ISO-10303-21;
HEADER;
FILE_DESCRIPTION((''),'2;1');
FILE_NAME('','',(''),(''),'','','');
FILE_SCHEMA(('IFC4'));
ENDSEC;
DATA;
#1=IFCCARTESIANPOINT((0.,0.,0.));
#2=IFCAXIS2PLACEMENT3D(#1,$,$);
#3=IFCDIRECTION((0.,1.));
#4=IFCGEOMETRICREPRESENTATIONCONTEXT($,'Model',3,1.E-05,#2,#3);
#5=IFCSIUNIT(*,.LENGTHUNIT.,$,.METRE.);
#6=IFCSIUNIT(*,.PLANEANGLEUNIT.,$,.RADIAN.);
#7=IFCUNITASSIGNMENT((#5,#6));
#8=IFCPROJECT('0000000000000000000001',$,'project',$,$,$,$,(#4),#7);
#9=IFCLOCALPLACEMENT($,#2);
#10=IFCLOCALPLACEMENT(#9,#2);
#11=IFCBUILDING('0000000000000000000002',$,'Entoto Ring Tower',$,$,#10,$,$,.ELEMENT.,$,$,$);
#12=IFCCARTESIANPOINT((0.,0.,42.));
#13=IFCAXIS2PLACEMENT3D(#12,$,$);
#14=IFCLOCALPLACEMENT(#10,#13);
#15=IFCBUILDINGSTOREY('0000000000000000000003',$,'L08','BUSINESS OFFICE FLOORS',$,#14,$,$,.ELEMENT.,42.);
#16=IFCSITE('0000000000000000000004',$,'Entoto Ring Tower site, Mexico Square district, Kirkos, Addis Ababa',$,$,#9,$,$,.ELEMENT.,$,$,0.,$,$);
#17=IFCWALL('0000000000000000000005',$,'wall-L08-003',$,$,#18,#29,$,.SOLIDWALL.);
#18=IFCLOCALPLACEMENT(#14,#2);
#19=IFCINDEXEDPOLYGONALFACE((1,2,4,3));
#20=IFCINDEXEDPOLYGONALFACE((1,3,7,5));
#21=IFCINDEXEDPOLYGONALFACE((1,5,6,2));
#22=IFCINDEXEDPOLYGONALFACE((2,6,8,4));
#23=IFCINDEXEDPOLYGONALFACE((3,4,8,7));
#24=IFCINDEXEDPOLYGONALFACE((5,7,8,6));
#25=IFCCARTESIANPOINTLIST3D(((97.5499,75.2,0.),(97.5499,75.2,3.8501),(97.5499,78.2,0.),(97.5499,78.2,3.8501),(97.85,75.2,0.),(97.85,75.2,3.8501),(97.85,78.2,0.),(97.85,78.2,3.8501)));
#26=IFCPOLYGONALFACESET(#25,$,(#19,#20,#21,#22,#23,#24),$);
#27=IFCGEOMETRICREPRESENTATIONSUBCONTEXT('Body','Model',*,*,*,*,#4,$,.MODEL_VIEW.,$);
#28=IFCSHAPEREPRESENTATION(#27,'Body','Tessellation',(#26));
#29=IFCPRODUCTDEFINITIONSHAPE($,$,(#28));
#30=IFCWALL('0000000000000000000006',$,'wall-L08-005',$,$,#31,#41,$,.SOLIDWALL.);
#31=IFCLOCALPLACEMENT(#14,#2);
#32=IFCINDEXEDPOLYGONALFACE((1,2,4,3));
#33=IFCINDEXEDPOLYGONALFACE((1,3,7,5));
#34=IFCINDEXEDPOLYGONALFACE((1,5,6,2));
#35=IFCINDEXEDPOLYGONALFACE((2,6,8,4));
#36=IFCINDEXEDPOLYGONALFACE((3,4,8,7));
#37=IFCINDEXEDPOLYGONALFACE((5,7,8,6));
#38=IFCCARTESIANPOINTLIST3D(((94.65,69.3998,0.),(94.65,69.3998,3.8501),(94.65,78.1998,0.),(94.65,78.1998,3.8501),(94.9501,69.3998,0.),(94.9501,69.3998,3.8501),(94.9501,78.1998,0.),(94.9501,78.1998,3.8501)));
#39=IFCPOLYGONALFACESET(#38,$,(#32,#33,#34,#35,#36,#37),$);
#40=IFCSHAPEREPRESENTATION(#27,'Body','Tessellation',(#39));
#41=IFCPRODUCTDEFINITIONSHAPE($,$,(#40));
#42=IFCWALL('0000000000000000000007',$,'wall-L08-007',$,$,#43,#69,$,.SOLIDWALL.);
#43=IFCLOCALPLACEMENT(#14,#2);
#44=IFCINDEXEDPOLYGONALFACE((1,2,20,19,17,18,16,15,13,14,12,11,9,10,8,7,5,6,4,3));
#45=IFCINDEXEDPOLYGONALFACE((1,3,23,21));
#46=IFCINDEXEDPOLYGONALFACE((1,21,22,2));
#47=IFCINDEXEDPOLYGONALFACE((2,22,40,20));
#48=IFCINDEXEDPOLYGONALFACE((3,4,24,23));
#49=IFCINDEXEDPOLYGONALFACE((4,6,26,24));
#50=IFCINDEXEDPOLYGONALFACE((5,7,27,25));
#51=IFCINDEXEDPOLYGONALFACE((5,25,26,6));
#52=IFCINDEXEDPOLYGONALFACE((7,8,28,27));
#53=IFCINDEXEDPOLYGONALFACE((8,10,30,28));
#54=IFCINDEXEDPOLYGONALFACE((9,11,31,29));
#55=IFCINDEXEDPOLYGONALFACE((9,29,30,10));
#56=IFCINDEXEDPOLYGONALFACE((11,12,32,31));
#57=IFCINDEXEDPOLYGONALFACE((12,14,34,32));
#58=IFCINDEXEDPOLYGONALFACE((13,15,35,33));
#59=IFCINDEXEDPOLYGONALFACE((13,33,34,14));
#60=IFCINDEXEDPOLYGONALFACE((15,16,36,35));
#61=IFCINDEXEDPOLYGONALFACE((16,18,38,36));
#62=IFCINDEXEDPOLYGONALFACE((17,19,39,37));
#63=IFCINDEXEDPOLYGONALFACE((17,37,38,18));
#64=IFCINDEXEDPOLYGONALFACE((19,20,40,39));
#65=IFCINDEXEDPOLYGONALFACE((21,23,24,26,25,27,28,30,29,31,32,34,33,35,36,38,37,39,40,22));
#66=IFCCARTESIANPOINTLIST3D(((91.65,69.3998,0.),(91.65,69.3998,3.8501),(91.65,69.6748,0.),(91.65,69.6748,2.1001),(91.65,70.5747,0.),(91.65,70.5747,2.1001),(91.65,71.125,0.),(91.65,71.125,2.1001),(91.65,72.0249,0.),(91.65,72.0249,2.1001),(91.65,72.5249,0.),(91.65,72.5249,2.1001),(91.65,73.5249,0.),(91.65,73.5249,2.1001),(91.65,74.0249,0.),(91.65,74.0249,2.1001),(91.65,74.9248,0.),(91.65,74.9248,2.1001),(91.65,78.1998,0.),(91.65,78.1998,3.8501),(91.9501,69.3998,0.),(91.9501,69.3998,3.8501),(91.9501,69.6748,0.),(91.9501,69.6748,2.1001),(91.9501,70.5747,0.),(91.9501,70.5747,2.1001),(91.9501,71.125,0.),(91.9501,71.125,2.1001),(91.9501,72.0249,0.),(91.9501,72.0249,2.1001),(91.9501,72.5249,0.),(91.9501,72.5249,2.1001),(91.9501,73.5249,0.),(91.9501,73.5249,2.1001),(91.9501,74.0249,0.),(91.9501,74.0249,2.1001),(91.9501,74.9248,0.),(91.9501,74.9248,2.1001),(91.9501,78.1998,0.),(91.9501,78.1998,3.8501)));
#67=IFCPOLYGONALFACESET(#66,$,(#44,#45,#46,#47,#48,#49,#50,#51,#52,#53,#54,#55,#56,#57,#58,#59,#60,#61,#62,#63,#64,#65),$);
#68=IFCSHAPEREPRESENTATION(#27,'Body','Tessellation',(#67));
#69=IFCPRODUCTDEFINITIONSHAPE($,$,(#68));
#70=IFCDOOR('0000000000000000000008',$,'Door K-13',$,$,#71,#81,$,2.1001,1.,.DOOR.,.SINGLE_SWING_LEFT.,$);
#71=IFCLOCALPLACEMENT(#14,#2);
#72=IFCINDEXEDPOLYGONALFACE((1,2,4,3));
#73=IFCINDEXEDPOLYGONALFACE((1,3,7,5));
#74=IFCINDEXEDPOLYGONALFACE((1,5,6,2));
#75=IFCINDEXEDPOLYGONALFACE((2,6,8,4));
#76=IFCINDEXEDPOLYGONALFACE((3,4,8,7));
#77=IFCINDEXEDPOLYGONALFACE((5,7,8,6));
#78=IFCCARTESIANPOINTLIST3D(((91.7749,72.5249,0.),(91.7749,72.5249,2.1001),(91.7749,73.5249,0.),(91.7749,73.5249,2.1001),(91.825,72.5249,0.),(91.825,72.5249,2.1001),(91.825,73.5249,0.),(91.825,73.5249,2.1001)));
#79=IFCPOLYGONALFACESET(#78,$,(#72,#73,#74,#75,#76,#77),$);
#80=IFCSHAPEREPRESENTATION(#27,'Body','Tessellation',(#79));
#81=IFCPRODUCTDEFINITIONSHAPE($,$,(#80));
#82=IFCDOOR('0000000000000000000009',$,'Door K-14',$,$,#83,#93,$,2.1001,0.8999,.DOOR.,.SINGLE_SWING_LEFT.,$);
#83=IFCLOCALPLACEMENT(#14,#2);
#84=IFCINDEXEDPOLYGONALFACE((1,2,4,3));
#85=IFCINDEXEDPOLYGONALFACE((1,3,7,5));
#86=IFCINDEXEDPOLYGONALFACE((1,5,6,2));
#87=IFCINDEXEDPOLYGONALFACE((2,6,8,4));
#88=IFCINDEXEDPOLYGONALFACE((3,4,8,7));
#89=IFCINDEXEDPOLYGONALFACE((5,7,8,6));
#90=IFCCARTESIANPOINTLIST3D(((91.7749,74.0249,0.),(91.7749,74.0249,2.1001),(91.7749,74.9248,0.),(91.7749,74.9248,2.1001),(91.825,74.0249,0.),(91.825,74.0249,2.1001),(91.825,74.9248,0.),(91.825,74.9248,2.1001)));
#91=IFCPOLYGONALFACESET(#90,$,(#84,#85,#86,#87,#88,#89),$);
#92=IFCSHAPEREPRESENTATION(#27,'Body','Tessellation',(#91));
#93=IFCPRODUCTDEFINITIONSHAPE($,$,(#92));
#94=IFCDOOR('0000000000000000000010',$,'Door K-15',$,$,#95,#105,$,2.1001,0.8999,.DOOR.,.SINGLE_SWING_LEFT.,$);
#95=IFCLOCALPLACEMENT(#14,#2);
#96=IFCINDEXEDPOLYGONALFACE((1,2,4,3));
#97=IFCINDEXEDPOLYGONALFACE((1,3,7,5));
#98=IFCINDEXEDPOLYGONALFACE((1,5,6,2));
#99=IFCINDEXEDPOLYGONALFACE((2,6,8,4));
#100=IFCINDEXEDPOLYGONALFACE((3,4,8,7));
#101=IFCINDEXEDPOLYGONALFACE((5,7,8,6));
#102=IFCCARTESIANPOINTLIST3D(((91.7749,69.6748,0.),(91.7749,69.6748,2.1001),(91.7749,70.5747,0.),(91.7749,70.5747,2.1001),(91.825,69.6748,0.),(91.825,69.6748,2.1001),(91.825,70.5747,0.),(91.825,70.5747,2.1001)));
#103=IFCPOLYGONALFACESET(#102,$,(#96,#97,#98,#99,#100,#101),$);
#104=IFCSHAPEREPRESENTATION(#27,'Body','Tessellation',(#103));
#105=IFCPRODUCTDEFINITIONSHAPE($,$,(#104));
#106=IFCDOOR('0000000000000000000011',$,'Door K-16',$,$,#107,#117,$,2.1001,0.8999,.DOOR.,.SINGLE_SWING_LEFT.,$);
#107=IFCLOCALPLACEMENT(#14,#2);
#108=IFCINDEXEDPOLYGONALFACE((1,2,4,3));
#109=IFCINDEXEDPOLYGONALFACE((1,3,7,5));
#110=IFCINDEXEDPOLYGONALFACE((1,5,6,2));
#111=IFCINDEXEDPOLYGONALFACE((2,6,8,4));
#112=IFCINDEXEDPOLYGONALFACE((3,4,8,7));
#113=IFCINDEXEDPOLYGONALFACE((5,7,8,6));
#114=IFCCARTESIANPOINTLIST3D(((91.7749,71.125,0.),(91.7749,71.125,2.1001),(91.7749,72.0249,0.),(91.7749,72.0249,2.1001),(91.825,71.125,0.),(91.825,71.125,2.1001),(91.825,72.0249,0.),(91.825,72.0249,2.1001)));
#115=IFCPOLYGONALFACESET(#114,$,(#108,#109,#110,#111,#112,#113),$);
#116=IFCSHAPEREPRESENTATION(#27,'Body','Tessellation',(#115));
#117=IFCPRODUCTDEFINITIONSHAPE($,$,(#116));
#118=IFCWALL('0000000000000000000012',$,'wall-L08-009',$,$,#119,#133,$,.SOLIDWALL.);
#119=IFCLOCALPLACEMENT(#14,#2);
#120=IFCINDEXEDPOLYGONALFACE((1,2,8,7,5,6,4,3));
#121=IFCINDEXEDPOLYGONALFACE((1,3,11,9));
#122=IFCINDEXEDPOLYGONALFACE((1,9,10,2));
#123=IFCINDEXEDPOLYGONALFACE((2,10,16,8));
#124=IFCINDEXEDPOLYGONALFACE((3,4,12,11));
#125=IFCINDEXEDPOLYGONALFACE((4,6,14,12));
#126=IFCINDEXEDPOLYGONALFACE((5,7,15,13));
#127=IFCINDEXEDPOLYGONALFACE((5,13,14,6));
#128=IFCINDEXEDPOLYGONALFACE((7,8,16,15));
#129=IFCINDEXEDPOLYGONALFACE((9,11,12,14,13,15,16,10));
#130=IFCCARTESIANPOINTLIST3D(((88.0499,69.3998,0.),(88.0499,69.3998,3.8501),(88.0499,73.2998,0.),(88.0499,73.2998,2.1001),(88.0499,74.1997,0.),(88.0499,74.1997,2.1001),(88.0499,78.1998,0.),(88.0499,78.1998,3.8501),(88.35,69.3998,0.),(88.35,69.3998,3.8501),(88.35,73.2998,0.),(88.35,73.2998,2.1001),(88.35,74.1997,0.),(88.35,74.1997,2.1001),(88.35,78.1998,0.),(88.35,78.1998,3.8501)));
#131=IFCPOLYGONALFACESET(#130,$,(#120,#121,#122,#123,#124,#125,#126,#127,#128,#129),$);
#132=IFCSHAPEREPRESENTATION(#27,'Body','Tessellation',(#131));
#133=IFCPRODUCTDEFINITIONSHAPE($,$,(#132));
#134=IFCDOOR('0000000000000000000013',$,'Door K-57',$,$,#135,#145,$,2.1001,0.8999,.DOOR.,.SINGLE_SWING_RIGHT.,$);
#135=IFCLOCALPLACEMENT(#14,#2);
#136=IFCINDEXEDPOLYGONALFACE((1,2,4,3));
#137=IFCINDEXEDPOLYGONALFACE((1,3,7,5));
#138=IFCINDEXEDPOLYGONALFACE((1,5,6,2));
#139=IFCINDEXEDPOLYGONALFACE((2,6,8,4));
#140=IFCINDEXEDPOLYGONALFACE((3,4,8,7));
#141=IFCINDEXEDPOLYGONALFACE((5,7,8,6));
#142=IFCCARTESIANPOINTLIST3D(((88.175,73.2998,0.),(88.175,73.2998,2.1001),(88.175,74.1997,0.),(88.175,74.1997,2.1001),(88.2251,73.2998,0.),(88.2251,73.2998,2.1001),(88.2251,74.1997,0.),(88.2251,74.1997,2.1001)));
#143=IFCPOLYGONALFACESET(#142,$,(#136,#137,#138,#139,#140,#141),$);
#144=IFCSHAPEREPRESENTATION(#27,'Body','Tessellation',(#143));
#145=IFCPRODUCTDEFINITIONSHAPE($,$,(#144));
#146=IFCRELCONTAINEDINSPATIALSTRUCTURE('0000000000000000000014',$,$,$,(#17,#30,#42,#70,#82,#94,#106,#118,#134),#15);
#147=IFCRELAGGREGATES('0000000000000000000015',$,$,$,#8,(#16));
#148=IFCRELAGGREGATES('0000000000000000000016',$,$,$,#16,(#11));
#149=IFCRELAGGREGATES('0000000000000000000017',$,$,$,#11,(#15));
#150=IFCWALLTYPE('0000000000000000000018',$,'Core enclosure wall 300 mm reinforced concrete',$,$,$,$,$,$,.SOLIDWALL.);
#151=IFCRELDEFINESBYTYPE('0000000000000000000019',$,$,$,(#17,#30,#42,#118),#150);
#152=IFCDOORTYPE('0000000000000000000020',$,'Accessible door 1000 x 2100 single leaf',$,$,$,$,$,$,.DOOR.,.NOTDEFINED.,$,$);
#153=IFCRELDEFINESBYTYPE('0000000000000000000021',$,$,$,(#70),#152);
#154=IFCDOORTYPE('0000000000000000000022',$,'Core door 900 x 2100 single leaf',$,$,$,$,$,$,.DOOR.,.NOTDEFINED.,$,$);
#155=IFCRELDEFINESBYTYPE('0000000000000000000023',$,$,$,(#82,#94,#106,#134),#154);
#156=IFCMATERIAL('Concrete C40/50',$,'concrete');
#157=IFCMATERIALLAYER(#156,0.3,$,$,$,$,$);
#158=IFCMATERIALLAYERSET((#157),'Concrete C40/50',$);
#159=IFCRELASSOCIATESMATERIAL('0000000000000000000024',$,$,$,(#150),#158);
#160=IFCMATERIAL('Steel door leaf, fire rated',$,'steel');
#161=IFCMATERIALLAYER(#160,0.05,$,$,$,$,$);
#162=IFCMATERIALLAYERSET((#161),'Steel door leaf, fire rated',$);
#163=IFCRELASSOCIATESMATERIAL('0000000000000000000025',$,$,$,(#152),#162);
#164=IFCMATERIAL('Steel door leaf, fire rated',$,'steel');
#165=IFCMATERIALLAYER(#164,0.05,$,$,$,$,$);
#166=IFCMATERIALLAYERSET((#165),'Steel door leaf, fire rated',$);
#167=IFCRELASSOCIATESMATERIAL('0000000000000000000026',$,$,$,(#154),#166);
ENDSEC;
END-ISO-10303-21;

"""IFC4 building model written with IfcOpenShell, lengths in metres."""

from ifc_helpers import new_model, si_unit, direction, frame, frame_2d, origin, place, context, subcontext, project, spatial, rectangle, extrude, material, layer, layer_set, type_object, element, fill, save


model = new_model("IFC4")

# Units and contexts
model_context = context("Model", 3, precision=1e-05, world=origin(), true_north=direction((0.0, 1.0)))
body_context = subcontext(model_context, "Body", "Model", "MODEL_VIEW")
ifc_project = project(units=[si_unit("LENGTHUNIT", "METRE"), si_unit("PLANEANGLEUNIT", "RADIAN")], contexts=[model_context])

# Site, building, storey
site_placement = place(None, origin())
site = spatial("IfcSite", under=ifc_project, at=site_placement, Name="Entoto Ring Tower site, Mexico Square district, Kirkos, Addis Ababa", CompositionType="ELEMENT", RefElevation=0.0)
building_placement = place(site_placement, origin())
building = spatial("IfcBuilding", under=site, at=building_placement, Name="Entoto Ring Tower", CompositionType="ELEMENT")
storey_placement = place(building_placement, frame((0.0, 0.0, 42.0)))
storey = spatial("IfcBuildingStorey", under=building, at=storey_placement, Name="L08", Description="BUSINESS OFFICE FLOORS", CompositionType="ELEMENT", Elevation=42.0)

# Walls
ifc_material_1 = material(Name="Concrete C40/50", Category="concrete")
ifc_layer_1 = layer(ifc_material_1, 0.3)
ifc_layer_set_1 = layer_set([ifc_layer_1], Name="Concrete C40/50")
wall_type = type_object("IfcWallType", Name="Core enclosure wall 300 mm reinforced concrete", PredefinedType="SOLIDWALL", material=ifc_layer_set_1)
wall_1_placement = place(storey_placement, frame((97.7, 75.2, 0.0), z_axis=(0.0, 0.0, 1.0), x_axis=(0.0, 1.0, 0.0)))
element("IfcWall", 1, at=wall_1_placement, inside=storey, type_object=wall_type, Name="wall-L08-003", PredefinedType="SOLIDWALL", context=body_context, shape_type="SweptSolid", body=[
    extrude(rectangle(XDim=3.0, YDim=0.3, at=frame_2d((1.5, 0.0))), origin(), (0.0, 0.0, 1.0), 3.8501),
])
wall_2_placement = place(storey_placement, frame((94.8, 69.3999, 0.0), z_axis=(0.0, 0.0, 1.0), x_axis=(0.0, 1.0, 0.0)))
element("IfcWall", 2, at=wall_2_placement, inside=storey, type_object=wall_type, Name="wall-L08-005", PredefinedType="SOLIDWALL", context=body_context, shape_type="SweptSolid", body=[
    extrude(rectangle(XDim=8.8, YDim=0.3, at=frame_2d((4.3999, 0.0))), origin(), (0.0, 0.0, 1.0), 3.8501),
])

# Wall, openings, doors
wall_3_placement = place(storey_placement, frame((91.8, 69.3999, 0.0), z_axis=(0.0, 0.0, 1.0), x_axis=(0.0, 1.0, 0.0)))
wall_3 = element("IfcWall", 3, at=wall_3_placement, inside=storey, type_object=wall_type, Name="wall-L08-007", PredefinedType="SOLIDWALL", context=body_context, shape_type="SweptSolid", body=[
    extrude(rectangle(XDim=8.8, YDim=0.3, at=frame_2d((4.3999, 0.0))), origin(), (0.0, 0.0, 1.0), 3.8501),
])
opening_1_placement = place(wall_3_placement, frame((3.125, 0.0, 0.0)))
opening_1 = element("IfcOpeningElement", 4, at=opening_1_placement, cuts=wall_3, PredefinedType="OPENING", context=body_context, shape_type="SweptSolid", body=[
    extrude(rectangle(XDim=1.0, YDim=2.1001, at=frame_2d((0.5, 1.05))), frame((0.0, 0.1602, 0.0), z_axis=(0.0, -1.0, 0.0), x_axis=(1.0, 0.0, 0.0)), (0.0, 0.0, 1.0), 0.3201),
])
opening_2_placement = place(wall_3_placement, frame((4.625, 0.0, 0.0)))
opening_2 = element("IfcOpeningElement", 5, at=opening_2_placement, cuts=wall_3, PredefinedType="OPENING", context=body_context, shape_type="SweptSolid", body=[
    extrude(rectangle(XDim=0.8999, YDim=2.1001, at=frame_2d((0.45, 1.05))), frame((0.0, 0.1602, 0.0), z_axis=(0.0, -1.0, 0.0), x_axis=(1.0, 0.0, 0.0)), (0.0, 0.0, 1.0), 0.3201),
])
opening_3_placement = place(wall_3_placement, frame((0.2749, 0.0, 0.0)))
opening_3 = element("IfcOpeningElement", 6, at=opening_3_placement, cuts=wall_3, PredefinedType="OPENING", context=body_context, shape_type="SweptSolid", body=[
    extrude(rectangle(XDim=0.8999, YDim=2.1001, at=frame_2d((0.45, 1.05))), frame((0.0, 0.1602, 0.0), z_axis=(0.0, -1.0, 0.0), x_axis=(1.0, 0.0, 0.0)), (0.0, 0.0, 1.0), 0.3201),
])
opening_4_placement = place(wall_3_placement, frame((1.7251, 0.0, 0.0)))
opening_4 = element("IfcOpeningElement", 7, at=opening_4_placement, cuts=wall_3, PredefinedType="OPENING", context=body_context, shape_type="SweptSolid", body=[
    extrude(rectangle(XDim=0.8999, YDim=2.1001, at=frame_2d((0.45, 1.05))), frame((0.0, 0.1602, 0.0), z_axis=(0.0, -1.0, 0.0), x_axis=(1.0, 0.0, 0.0)), (0.0, 0.0, 1.0), 0.3201),
])
ifc_material_2 = material(Name="Steel door leaf, fire rated", Category="steel")
ifc_layer_2 = layer(ifc_material_2, 0.05)
ifc_layer_set_2 = layer_set([ifc_layer_2], Name="Steel door leaf, fire rated")
door_type_1 = type_object("IfcDoorType", Name="Accessible door 1000 x 2100 single leaf", OperationType="NOTDEFINED", PredefinedType="DOOR", material=ifc_layer_set_2)
door_1_placement = place(opening_1_placement, frame((1.0, 0.0, 0.0), z_axis=(0.0, 0.0, 1.0), x_axis=(-1.0, 0.0, 0.0)))
door_1 = element("IfcDoor", 8, at=door_1_placement, inside=storey, type_object=door_type_1, Name="Door K-13", OperationType="SINGLE_SWING_LEFT", OverallHeight=2.1001, OverallWidth=1.0, PredefinedType="DOOR", context=body_context, shape_type="SweptSolid", body=[
    extrude(rectangle(XDim=1.0, YDim=2.1001, at=frame_2d((0.5, 1.05))), frame((0.0, 0.0249, 0.0), z_axis=(0.0, -1.0, 0.0), x_axis=(1.0, 0.0, 0.0)), (0.0, 0.0, 1.0), 0.05),
])
fill(opening_1, door_1)
ifc_material_3 = material(Name="Steel door leaf, fire rated", Category="steel")
ifc_layer_3 = layer(ifc_material_3, 0.05)
ifc_layer_set_3 = layer_set([ifc_layer_3], Name="Steel door leaf, fire rated")
door_type_2 = type_object("IfcDoorType", Name="Core door 900 x 2100 single leaf", OperationType="NOTDEFINED", PredefinedType="DOOR", material=ifc_layer_set_3)
door_2_placement = place(opening_2_placement, frame((0.8999, 0.0, 0.0), z_axis=(0.0, 0.0, 1.0), x_axis=(-1.0, 0.0, 0.0)))
door_2 = element("IfcDoor", 9, at=door_2_placement, inside=storey, type_object=door_type_2, Name="Door K-14", OperationType="SINGLE_SWING_LEFT", OverallHeight=2.1001, OverallWidth=0.8999, PredefinedType="DOOR", context=body_context, shape_type="SweptSolid", body=[
    extrude(rectangle(XDim=0.8999, YDim=2.1001, at=frame_2d((0.45, 1.05))), frame((0.0, 0.0249, 0.0), z_axis=(0.0, -1.0, 0.0), x_axis=(1.0, 0.0, 0.0)), (0.0, 0.0, 1.0), 0.05),
])
fill(opening_2, door_2)
door_3_placement = place(opening_3_placement, frame((0.8999, 0.0, 0.0), z_axis=(0.0, 0.0, 1.0), x_axis=(-1.0, 0.0, 0.0)))
door_3 = element("IfcDoor", 10, at=door_3_placement, inside=storey, type_object=door_type_2, Name="Door K-15", OperationType="SINGLE_SWING_LEFT", OverallHeight=2.1001, OverallWidth=0.8999, PredefinedType="DOOR", context=body_context, shape_type="SweptSolid", body=[
    extrude(rectangle(XDim=0.8999, YDim=2.1001, at=frame_2d((0.45, 1.05))), frame((0.0, 0.0249, 0.0), z_axis=(0.0, -1.0, 0.0), x_axis=(1.0, 0.0, 0.0)), (0.0, 0.0, 1.0), 0.05),
])
fill(opening_3, door_3)
door_4_placement = place(opening_4_placement, frame((0.8999, 0.0, 0.0), z_axis=(0.0, 0.0, 1.0), x_axis=(-1.0, 0.0, 0.0)))
door_4 = element("IfcDoor", 11, at=door_4_placement, inside=storey, type_object=door_type_2, Name="Door K-16", OperationType="SINGLE_SWING_LEFT", OverallHeight=2.1001, OverallWidth=0.8999, PredefinedType="DOOR", context=body_context, shape_type="SweptSolid", body=[
    extrude(rectangle(XDim=0.8999, YDim=2.1001, at=frame_2d((0.45, 1.05))), frame((0.0, 0.0249, 0.0), z_axis=(0.0, -1.0, 0.0), x_axis=(1.0, 0.0, 0.0)), (0.0, 0.0, 1.0), 0.05),
])
fill(opening_4, door_4)

# Wall, opening, door
wall_4_placement = place(storey_placement, frame((88.2, 69.3999, 0.0), z_axis=(0.0, 0.0, 1.0), x_axis=(0.0, 1.0, 0.0)))
wall_4 = element("IfcWall", 12, at=wall_4_placement, inside=storey, type_object=wall_type, Name="wall-L08-009", PredefinedType="SOLIDWALL", context=body_context, shape_type="SweptSolid", body=[
    extrude(rectangle(XDim=8.8, YDim=0.3, at=frame_2d((4.3999, 0.0))), origin(), (0.0, 0.0, 1.0), 3.8501),
])
opening_5_placement = place(wall_4_placement, frame((3.8999, 0.0, 0.0)))
opening_5 = element("IfcOpeningElement", 13, at=opening_5_placement, cuts=wall_4, PredefinedType="OPENING", context=body_context, shape_type="SweptSolid", body=[
    extrude(rectangle(XDim=0.8999, YDim=2.1001, at=frame_2d((0.45, 1.05))), frame((0.0, 0.1602, 0.0), z_axis=(0.0, -1.0, 0.0), x_axis=(1.0, 0.0, 0.0)), (0.0, 0.0, 1.0), 0.3201),
])
door_5_placement = place(opening_5_placement, origin())
door_5 = element("IfcDoor", 14, at=door_5_placement, inside=storey, type_object=door_type_2, Name="Door K-57", OperationType="SINGLE_SWING_RIGHT", OverallHeight=2.1001, OverallWidth=0.8999, PredefinedType="DOOR", context=body_context, shape_type="SweptSolid", body=[
    extrude(rectangle(XDim=0.8999, YDim=2.1001, at=frame_2d((0.45, 1.05))), frame((0.0, 0.0249, 0.0), z_axis=(0.0, -1.0, 0.0), x_axis=(1.0, 0.0, 0.0)), (0.0, 0.0, 1.0), 0.05),
])
fill(opening_5, door_5)

save(model, "model.ifc")
